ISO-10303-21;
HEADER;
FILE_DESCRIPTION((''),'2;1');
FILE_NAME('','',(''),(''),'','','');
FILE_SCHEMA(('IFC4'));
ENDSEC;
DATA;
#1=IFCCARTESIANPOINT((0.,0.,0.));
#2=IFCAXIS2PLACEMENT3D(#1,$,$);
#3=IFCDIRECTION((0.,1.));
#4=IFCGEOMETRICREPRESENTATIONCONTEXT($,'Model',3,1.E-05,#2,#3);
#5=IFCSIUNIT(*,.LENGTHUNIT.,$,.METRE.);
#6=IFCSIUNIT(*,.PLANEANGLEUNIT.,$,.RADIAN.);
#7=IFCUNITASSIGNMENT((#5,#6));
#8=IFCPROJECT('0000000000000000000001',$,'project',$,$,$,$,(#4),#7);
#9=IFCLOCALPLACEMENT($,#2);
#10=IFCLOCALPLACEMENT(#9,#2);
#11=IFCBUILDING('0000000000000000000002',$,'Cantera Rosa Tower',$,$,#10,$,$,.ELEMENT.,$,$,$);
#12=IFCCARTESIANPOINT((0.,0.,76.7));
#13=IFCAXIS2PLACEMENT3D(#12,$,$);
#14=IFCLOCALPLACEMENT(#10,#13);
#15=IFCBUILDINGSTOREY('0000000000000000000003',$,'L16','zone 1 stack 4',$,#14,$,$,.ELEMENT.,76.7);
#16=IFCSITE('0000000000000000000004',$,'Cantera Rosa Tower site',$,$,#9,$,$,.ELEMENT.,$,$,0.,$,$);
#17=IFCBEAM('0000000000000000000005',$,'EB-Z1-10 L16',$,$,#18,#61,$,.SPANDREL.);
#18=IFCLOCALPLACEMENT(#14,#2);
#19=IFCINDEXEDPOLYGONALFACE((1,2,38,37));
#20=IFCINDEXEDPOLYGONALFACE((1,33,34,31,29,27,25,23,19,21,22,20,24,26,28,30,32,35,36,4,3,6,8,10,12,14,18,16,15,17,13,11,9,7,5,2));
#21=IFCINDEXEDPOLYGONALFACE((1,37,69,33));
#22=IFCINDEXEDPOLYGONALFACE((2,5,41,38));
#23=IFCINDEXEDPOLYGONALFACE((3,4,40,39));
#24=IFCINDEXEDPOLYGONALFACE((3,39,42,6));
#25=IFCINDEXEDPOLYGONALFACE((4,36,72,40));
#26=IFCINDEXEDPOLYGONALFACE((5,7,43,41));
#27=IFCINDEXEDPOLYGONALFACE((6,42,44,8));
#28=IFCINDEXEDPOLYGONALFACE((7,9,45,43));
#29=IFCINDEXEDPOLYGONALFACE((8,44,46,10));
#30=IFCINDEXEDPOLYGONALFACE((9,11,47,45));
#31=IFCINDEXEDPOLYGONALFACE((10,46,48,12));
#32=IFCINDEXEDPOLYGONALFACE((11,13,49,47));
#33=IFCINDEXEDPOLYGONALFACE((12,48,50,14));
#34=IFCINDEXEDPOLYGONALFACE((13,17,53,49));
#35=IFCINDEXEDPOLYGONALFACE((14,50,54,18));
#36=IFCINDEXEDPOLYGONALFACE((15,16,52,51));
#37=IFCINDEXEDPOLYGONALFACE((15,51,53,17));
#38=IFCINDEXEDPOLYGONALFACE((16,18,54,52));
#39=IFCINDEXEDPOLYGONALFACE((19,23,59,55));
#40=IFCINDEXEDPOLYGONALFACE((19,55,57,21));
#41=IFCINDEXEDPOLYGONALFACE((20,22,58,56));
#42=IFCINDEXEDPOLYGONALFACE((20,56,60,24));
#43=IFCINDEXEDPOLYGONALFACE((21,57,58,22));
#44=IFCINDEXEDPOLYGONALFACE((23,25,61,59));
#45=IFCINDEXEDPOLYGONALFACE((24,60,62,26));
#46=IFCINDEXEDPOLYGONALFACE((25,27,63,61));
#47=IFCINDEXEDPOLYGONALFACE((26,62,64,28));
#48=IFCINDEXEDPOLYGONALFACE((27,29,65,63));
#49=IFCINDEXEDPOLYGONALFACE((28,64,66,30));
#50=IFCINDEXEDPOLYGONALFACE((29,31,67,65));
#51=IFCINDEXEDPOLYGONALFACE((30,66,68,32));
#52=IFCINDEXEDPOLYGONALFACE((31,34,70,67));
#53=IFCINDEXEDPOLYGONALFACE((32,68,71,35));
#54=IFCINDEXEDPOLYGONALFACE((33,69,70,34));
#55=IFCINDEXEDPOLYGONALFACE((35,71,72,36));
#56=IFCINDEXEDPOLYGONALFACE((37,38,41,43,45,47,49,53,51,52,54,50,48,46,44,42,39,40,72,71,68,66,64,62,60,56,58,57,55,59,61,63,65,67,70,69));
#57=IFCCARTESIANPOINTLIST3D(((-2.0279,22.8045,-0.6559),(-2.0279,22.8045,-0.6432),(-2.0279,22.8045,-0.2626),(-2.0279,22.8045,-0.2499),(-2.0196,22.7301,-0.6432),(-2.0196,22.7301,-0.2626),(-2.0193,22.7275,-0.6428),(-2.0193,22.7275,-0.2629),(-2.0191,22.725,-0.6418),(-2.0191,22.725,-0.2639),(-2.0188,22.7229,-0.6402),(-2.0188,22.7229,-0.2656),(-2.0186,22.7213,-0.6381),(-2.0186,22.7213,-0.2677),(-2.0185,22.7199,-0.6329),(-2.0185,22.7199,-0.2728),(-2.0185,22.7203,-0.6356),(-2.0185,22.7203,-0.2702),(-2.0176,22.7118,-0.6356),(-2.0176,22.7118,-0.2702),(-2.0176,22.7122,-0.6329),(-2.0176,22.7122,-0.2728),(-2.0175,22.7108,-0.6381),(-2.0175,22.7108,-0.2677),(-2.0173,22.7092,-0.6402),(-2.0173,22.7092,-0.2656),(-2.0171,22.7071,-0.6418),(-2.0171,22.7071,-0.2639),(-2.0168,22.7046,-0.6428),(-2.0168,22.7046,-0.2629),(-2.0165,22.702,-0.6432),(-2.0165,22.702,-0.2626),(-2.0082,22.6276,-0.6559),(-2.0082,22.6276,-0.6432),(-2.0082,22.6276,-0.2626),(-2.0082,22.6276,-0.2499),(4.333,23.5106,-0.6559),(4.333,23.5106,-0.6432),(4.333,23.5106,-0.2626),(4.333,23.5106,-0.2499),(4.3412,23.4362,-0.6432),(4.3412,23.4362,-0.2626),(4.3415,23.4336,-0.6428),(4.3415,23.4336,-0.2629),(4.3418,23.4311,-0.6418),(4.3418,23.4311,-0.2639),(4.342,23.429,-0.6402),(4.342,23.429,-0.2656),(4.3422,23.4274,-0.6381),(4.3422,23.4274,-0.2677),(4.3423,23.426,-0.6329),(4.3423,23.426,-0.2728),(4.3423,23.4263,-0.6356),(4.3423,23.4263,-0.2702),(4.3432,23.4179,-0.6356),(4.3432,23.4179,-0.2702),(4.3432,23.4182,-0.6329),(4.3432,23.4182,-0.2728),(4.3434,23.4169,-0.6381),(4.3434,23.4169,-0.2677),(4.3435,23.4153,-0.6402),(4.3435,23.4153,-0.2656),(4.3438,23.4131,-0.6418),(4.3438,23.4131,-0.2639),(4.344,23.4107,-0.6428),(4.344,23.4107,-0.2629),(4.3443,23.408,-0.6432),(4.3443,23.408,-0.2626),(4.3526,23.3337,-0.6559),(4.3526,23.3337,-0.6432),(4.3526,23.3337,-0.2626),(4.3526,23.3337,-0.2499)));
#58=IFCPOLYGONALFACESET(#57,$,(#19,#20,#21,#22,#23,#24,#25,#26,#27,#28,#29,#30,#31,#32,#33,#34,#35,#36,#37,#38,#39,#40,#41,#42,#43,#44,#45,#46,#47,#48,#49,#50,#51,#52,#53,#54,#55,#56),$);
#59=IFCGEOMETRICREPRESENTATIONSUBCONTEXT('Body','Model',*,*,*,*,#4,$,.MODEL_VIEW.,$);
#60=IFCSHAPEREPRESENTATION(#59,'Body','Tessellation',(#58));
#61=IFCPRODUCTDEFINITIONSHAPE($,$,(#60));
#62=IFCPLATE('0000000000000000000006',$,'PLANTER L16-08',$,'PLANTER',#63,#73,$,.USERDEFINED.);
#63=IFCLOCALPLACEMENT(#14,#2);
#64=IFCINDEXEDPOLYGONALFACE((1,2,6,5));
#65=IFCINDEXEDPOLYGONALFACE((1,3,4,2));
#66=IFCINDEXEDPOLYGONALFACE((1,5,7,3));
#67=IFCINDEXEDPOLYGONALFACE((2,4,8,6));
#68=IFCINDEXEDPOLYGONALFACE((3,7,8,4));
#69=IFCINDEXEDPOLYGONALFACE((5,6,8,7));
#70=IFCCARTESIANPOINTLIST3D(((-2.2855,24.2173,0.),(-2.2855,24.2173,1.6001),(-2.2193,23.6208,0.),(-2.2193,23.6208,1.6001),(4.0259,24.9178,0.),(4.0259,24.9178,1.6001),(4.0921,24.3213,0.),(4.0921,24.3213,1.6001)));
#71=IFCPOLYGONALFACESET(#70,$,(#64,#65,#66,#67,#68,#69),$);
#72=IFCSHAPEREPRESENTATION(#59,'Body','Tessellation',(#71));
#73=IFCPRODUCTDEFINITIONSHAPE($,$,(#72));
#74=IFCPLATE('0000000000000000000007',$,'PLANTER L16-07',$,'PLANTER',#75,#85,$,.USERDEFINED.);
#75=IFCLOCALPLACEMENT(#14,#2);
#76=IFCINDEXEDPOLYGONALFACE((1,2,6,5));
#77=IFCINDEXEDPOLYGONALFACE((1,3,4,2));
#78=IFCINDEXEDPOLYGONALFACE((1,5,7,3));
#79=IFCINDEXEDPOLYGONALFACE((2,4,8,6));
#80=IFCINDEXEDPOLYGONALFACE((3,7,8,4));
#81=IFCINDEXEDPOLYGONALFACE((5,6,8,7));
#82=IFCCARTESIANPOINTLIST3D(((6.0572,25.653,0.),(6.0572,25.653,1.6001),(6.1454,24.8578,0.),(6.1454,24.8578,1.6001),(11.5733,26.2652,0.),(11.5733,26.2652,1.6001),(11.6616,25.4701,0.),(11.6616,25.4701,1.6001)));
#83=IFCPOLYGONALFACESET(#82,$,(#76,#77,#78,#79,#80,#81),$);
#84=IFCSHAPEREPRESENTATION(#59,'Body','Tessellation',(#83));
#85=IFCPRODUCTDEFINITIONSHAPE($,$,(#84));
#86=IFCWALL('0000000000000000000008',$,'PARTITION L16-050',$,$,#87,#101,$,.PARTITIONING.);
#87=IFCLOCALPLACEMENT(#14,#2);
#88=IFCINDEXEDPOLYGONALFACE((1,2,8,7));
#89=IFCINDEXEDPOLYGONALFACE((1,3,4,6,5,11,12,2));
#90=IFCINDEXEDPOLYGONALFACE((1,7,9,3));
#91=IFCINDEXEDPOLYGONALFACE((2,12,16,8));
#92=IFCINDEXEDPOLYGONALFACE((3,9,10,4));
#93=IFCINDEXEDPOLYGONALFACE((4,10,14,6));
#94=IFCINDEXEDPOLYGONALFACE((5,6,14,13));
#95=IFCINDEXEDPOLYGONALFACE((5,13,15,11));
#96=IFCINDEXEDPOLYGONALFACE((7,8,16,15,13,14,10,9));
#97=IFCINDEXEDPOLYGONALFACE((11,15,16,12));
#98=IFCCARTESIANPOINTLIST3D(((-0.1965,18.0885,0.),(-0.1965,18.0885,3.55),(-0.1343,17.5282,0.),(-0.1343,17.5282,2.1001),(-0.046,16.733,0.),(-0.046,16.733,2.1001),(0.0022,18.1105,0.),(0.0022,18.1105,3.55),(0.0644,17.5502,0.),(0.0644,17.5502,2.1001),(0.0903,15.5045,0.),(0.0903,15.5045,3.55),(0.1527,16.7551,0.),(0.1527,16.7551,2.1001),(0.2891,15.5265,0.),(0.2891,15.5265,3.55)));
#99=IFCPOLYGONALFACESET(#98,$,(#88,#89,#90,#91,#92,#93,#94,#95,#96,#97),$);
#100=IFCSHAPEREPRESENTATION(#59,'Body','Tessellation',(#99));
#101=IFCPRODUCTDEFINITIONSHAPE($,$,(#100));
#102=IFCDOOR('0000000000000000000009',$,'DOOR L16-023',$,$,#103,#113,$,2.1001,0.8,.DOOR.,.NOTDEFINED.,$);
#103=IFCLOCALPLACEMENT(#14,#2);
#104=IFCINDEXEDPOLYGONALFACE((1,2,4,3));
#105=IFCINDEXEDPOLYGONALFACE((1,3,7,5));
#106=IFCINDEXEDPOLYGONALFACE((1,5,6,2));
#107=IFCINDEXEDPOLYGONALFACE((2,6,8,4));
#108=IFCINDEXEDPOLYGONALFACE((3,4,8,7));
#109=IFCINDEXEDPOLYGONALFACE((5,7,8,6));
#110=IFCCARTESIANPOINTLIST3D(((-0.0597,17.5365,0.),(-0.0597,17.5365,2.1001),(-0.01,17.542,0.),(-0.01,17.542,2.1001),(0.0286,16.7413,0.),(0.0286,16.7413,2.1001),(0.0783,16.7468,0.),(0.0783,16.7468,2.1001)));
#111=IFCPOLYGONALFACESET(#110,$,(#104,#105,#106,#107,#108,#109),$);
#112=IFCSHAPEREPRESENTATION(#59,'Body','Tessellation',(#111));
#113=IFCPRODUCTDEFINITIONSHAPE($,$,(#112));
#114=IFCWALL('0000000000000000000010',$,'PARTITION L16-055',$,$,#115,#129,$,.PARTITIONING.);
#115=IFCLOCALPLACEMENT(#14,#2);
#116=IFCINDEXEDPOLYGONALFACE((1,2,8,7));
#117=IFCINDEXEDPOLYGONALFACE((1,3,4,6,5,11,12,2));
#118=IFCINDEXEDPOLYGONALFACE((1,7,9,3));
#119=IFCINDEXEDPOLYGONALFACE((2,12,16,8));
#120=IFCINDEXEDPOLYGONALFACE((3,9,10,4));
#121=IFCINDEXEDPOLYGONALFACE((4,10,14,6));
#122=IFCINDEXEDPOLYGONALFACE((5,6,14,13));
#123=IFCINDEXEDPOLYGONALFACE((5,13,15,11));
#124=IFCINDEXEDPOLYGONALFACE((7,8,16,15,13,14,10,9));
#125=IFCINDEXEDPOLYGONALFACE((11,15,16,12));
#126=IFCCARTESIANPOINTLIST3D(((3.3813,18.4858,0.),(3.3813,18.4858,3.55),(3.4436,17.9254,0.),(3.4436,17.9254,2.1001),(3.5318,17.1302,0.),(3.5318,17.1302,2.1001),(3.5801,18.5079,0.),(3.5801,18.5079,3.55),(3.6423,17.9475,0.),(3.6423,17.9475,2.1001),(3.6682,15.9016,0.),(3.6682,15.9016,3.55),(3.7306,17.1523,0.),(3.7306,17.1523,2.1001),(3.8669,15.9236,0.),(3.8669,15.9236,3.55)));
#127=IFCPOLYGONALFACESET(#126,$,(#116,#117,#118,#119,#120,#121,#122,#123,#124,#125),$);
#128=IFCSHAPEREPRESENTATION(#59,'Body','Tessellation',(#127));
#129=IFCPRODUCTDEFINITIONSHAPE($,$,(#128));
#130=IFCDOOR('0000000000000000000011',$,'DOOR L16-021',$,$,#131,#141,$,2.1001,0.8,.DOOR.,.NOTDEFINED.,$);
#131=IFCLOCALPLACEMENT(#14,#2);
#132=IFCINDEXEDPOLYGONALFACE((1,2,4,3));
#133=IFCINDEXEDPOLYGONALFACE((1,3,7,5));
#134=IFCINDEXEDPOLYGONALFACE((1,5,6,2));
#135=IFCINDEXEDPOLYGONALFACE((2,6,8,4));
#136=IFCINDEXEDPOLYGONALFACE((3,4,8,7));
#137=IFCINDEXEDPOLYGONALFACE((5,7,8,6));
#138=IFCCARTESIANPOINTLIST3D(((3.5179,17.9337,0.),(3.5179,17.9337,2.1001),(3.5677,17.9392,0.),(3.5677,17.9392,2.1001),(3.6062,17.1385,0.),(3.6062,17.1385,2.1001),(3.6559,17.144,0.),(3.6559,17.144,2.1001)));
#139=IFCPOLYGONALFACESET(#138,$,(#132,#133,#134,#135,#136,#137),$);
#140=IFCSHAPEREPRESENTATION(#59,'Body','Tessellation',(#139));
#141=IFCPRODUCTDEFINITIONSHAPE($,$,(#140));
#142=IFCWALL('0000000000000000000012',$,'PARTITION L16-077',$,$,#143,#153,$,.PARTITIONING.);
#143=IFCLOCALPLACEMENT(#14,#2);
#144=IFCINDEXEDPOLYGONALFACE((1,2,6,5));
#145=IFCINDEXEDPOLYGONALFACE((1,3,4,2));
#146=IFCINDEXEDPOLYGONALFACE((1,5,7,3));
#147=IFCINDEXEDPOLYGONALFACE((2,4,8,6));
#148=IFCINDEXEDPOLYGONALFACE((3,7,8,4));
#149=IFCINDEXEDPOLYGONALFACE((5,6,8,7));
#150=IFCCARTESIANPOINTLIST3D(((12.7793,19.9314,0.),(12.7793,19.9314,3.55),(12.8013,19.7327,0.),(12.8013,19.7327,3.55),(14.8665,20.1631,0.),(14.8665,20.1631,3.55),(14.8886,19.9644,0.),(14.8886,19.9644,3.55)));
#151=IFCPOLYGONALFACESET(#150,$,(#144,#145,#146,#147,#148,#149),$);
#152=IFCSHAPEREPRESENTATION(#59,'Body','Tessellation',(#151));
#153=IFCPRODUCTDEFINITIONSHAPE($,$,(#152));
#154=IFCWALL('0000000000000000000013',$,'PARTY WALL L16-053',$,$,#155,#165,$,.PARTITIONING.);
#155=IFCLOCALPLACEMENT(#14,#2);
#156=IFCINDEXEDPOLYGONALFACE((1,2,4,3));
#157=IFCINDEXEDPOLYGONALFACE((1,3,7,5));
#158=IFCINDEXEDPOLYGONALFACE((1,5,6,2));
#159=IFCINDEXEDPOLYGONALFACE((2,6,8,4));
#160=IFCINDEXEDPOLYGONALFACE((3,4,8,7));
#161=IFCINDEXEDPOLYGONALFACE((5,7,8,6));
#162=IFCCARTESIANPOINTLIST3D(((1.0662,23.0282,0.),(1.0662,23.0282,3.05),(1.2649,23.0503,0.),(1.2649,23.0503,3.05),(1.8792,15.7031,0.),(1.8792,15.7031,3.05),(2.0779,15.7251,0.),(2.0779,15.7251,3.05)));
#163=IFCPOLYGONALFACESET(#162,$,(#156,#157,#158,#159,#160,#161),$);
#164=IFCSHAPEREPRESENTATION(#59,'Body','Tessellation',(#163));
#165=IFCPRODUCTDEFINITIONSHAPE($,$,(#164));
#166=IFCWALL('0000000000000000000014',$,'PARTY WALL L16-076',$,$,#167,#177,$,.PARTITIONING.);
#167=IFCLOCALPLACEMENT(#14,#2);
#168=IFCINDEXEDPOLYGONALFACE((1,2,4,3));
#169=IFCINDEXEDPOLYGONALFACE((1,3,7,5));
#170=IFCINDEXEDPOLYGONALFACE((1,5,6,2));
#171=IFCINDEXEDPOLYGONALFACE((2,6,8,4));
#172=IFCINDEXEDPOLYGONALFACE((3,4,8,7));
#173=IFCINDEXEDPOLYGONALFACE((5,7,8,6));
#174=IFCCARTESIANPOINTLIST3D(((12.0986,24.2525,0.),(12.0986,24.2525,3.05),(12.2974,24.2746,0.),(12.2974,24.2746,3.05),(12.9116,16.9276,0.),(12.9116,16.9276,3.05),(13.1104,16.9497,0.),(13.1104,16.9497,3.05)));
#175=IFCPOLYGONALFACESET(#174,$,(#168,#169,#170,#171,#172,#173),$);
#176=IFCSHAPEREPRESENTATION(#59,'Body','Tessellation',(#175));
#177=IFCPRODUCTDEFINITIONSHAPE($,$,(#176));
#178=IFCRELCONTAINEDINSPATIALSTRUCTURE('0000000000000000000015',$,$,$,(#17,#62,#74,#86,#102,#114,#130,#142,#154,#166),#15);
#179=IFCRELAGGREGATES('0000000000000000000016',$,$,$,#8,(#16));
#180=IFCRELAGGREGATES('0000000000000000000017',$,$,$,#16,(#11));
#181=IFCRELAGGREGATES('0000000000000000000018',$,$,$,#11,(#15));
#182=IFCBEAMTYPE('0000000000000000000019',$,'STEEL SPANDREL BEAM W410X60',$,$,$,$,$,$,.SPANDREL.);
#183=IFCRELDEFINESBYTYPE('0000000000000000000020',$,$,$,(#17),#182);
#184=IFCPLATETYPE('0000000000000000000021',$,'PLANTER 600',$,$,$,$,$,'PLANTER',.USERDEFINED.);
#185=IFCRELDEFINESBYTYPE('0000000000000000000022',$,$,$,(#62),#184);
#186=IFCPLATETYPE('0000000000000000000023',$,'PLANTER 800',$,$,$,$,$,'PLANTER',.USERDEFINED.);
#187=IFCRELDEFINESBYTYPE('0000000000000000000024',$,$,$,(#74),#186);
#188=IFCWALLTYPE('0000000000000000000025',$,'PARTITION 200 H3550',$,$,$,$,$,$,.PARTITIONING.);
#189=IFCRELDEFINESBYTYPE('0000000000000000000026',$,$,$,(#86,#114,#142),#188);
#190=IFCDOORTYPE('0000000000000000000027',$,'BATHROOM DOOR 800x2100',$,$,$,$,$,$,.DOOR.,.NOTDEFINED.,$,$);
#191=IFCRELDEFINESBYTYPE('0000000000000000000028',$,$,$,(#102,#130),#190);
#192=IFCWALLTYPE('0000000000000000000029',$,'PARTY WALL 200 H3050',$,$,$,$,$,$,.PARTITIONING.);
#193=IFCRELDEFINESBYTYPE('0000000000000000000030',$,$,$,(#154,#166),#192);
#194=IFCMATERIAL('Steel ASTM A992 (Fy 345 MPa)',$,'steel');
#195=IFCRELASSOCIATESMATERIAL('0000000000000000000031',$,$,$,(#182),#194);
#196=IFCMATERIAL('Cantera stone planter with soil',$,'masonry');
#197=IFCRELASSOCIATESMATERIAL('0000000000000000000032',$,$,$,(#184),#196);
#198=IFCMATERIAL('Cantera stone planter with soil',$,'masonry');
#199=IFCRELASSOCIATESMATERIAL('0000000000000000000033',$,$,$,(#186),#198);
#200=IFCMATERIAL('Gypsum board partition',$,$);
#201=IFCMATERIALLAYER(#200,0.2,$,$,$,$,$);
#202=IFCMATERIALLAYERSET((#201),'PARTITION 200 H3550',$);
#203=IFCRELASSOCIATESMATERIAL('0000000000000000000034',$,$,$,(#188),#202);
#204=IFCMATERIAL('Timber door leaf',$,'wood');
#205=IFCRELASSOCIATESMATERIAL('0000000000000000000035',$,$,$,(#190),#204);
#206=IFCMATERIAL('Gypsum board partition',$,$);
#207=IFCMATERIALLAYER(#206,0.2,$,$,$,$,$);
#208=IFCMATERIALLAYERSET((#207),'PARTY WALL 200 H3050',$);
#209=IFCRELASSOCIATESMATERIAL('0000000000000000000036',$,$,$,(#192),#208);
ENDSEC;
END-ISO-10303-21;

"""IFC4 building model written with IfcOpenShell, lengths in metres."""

from ifc_helpers import new_model, si_unit, direction, frame, frame_2d, origin, origin_2d, place, context, subcontext, project, spatial, rectangle, i_section, extrude, material, layer, layer_set, material_profile, profile_set, type_object, element, fill, save


model = new_model("IFC4")

# Units and contexts
model_context = context("Model", 3, precision=1e-05, world=origin(), true_north=direction((0.0, 1.0)))
body_context = subcontext(model_context, "Body", "Model", "MODEL_VIEW")
ifc_project = project(units=[si_unit("LENGTHUNIT", "METRE"), si_unit("PLANEANGLEUNIT", "RADIAN")], contexts=[model_context])

# Site, building, storey
site_placement = place(None, origin())
site = spatial("IfcSite", under=ifc_project, at=site_placement, Name="Cantera Rosa Tower site", CompositionType="ELEMENT", RefElevation=0.0)
building_placement = place(site_placement, origin())
building = spatial("IfcBuilding", under=site, at=building_placement, Name="Cantera Rosa Tower", CompositionType="ELEMENT")
storey_placement = place(building_placement, frame((0.0, 0.0, 76.7)))
storey = spatial("IfcBuildingStorey", under=building, at=storey_placement, Name="L16", Description="zone 1 stack 4", CompositionType="ELEMENT", Elevation=76.7)

# Beam
ifc_material_1 = material(Name="Steel ASTM A992 (Fy 345 MPa)", Category="steel")
ifc_material_profile_1 = material_profile(ifc_material_1, i_section(OverallWidth=0.178, OverallDepth=0.406, WebThickness=0.0078, FlangeThickness=0.0127, FilletRadius=0.0103, at=origin_2d()), Name="W410X60")
ifc_profile_set_1 = profile_set([ifc_material_profile_1], Name="Steel ASTM A992 (Fy 345 MPa)")
beam_type_1 = type_object("IfcBeamType", Name="STEEL SPANDREL BEAM W410X60", PredefinedType="SPANDREL", material=ifc_profile_set_1)
for number, where, z_axis, x_axis, name in (
    (1, (4.3428, 23.4221, -0.4529), (-0.993896, -0.110323, 0.0), (0.110323, -0.993896, 0.0), "EB-Z1-10 L16"),
):
    element("IfcBeam", number, at=place(storey_placement, frame(where, z_axis=z_axis, x_axis=x_axis)), inside=storey, type_object=beam_type_1, Name=name, PredefinedType="SPANDREL", context=body_context, shape_type="SweptSolid", body=[
        extrude(i_section(OverallWidth=0.178, OverallDepth=0.406, WebThickness=0.0078, FlangeThickness=0.0127, FilletRadius=0.0103, at=origin_2d()), origin(), (0.0, 0.0, 1.0), 6.3999),
    ])

# Plates
ifc_material_2 = material(Name="Cantera stone planter with soil", Category="masonry")
plate_type_1 = type_object("IfcPlateType", Name="PLANTER 600", ElementType="PLANTER", PredefinedType="USERDEFINED", material=ifc_material_2)
plate_1_placement = place(storey_placement, frame((0.9033, 24.2693, 0.0), z_axis=(0.0, 0.0, 1.0), x_axis=(-0.993897, -0.110313, 0.0)))
element("IfcPlate", 2, at=plate_1_placement, inside=storey, type_object=plate_type_1, Name="PLANTER L16-08", ObjectType="PLANTER", PredefinedType="USERDEFINED", context=body_context, shape_type="SweptSolid", body=[
    extrude(rectangle(XDim=6.3501, YDim=0.6001, at=origin_2d()), origin(), (0.0, 0.0, 1.0), 1.6001),
])
ifc_material_3 = material(Name="Cantera stone planter with soil", Category="masonry")
plate_type_2 = type_object("IfcPlateType", Name="PLANTER 800", ElementType="PLANTER", PredefinedType="USERDEFINED", material=ifc_material_3)
plate_2_placement = place(storey_placement, frame((8.8594, 25.5615, 0.0), z_axis=(0.0, 0.0, 1.0), x_axis=(-0.993897, -0.110313, 0.0)))
element("IfcPlate", 3, at=plate_2_placement, inside=storey, type_object=plate_type_2, Name="PLANTER L16-07", ObjectType="PLANTER", PredefinedType="USERDEFINED", context=body_context, shape_type="SweptSolid", body=[
    extrude(rectangle(XDim=5.55, YDim=0.8, at=origin_2d()), origin(), (0.0, 0.0, 1.0), 1.6001),
])

# Walls, openings, doors
ifc_material_4 = material(Name="Gypsum board partition")
ifc_layer_1 = layer(ifc_material_4, 0.2)
ifc_layer_set_1 = layer_set([ifc_layer_1], Name="PARTITION 200 H3550")
wall_type_1 = type_object("IfcWallType", Name="PARTITION 200 H3550", PredefinedType="PARTITIONING", material=ifc_layer_set_1)
wall_1_placement = place(storey_placement, frame((0.1897, 15.5156, 0.0), z_axis=(0.0, 0.0, 1.0), x_axis=(-0.110339, 0.993894, 0.0)))
wall_1 = element("IfcWall", 4, at=wall_1_placement, inside=storey, type_object=wall_type_1, Name="PARTITION L16-050", PredefinedType="PARTITIONING", context=body_context, shape_type="SweptSolid", body=[
    extrude(rectangle(XDim=2.5999, YDim=0.2, at=frame_2d((1.2998, 0.0))), origin(), (0.0, 0.0, 1.0), 3.55),
])
opening_1_placement = place(wall_1_placement, frame((1.2361, 0.0, 0.0)))
opening_1 = element("IfcOpeningElement", 5, at=opening_1_placement, cuts=wall_1, PredefinedType="OPENING", context=body_context, shape_type="SweptSolid", body=[
    extrude(rectangle(XDim=0.8, YDim=2.1001, at=frame_2d((0.3999, 1.05))), frame((0.0, 0.1099, 0.0), z_axis=(0.0, -1.0, 0.0), x_axis=(1.0, 0.0, 0.0)), (0.0, 0.0, 1.0), 0.22),
])
ifc_material_5 = material(Name="Timber door leaf", Category="wood")
door_type_1 = type_object("IfcDoorType", Name="BATHROOM DOOR 800x2100", OperationType="NOTDEFINED", PredefinedType="DOOR", material=ifc_material_5)
door_1_placement = place(opening_1_placement, origin())
door_1 = element("IfcDoor", 6, at=door_1_placement, inside=storey, type_object=door_type_1, Name="DOOR L16-023", OperationType="NOTDEFINED", OverallHeight=2.1001, OverallWidth=0.8, PredefinedType="DOOR", context=body_context, shape_type="SweptSolid", body=[
    extrude(rectangle(XDim=0.8, YDim=2.1001, at=frame_2d((0.3999, 1.05))), frame((0.0, 0.0249, 0.0), z_axis=(0.0, -1.0, 0.0), x_axis=(1.0, 0.0, 0.0)), (0.0, 0.0, 1.0), 0.05),
])
fill(opening_1, door_1)
wall_2_placement = place(storey_placement, frame((3.4807, 18.4968, 0.0), z_axis=(0.0, 0.0, 1.0), x_axis=(0.110328, -0.993895, 0.0)))
wall_2 = element("IfcWall", 7, at=wall_2_placement, inside=storey, type_object=wall_type_1, Name="PARTITION L16-055", PredefinedType="PARTITIONING", context=body_context, shape_type="SweptSolid", body=[
    extrude(rectangle(XDim=2.6001, YDim=0.2, at=frame_2d((1.3, 0.0))), origin(), (0.0, 0.0, 1.0), 3.55),
])
opening_2_placement = place(wall_2_placement, frame((0.564, 0.0, 0.0)))
opening_2 = element("IfcOpeningElement", 8, at=opening_2_placement, cuts=wall_2, PredefinedType="OPENING", context=body_context, shape_type="SweptSolid", body=[
    extrude(rectangle(XDim=0.8, YDim=2.1001, at=frame_2d((0.3999, 1.05))), frame((0.0, 0.1099, 0.0), z_axis=(0.0, -1.0, 0.0), x_axis=(1.0, 0.0, 0.0)), (0.0, 0.0, 1.0), 0.22),
])
door_2_placement = place(opening_2_placement, origin())
door_2 = element("IfcDoor", 9, at=door_2_placement, inside=storey, type_object=door_type_1, Name="DOOR L16-021", OperationType="NOTDEFINED", OverallHeight=2.1001, OverallWidth=0.8, PredefinedType="DOOR", context=body_context, shape_type="SweptSolid", body=[
    extrude(rectangle(XDim=0.8, YDim=2.1001, at=frame_2d((0.3999, 1.05))), frame((0.0, 0.0249, 0.0), z_axis=(0.0, -1.0, 0.0), x_axis=(1.0, 0.0, 0.0)), (0.0, 0.0, 1.0), 0.05),
])
fill(opening_2, door_2)

# Walls
wall_3_placement = place(storey_placement, frame((12.7903, 19.832, 0.0), z_axis=(0.0, 0.0, 1.0), x_axis=(0.993895, 0.110329, 0.0)))
element("IfcWall", 10, at=wall_3_placement, inside=storey, type_object=wall_type_1, Name="PARTITION L16-077", PredefinedType="PARTITIONING", context=body_context, shape_type="SweptSolid", body=[
    extrude(rectangle(XDim=2.1001, YDim=0.2, at=frame_2d((1.05, 0.0))), origin(), (0.0, 0.0, 1.0), 3.55),
])
ifc_material_6 = material(Name="Gypsum board partition")
ifc_layer_2 = layer(ifc_material_6, 0.2)
ifc_layer_set_2 = layer_set([ifc_layer_2], Name="PARTY WALL 200 H3050")
wall_type_2 = type_object("IfcWallType", Name="PARTY WALL 200 H3050", PredefinedType="PARTITIONING", material=ifc_layer_set_2)
wall_4_placement = place(storey_placement, frame((1.9785, 15.7141, 0.0), z_axis=(0.0, 0.0, 1.0), x_axis=(-0.110308, 0.993897, 0.0)))
element("IfcWall", 11, at=wall_4_placement, inside=storey, type_object=wall_type_2, Name="PARTY WALL L16-053", PredefinedType="PARTITIONING", context=body_context, shape_type="SweptSolid", body=[
    extrude(rectangle(XDim=7.3701, YDim=0.2, at=frame_2d((3.6851, 0.0))), origin(), (0.0, 0.0, 1.0), 3.05),
])
wall_5_placement = place(storey_placement, frame((12.198, 24.2637, 0.0), z_axis=(0.0, 0.0, 1.0), x_axis=(0.110312, -0.993897, 0.0)))
element("IfcWall", 12, at=wall_5_placement, inside=storey, type_object=wall_type_2, Name="PARTY WALL L16-076", PredefinedType="PARTITIONING", context=body_context, shape_type="SweptSolid", body=[
    extrude(rectangle(XDim=7.3699, YDim=0.2, at=frame_2d((3.6851, 0.0))), origin(), (0.0, 0.0, 1.0), 3.05),
])

save(model, "model.ifc")
